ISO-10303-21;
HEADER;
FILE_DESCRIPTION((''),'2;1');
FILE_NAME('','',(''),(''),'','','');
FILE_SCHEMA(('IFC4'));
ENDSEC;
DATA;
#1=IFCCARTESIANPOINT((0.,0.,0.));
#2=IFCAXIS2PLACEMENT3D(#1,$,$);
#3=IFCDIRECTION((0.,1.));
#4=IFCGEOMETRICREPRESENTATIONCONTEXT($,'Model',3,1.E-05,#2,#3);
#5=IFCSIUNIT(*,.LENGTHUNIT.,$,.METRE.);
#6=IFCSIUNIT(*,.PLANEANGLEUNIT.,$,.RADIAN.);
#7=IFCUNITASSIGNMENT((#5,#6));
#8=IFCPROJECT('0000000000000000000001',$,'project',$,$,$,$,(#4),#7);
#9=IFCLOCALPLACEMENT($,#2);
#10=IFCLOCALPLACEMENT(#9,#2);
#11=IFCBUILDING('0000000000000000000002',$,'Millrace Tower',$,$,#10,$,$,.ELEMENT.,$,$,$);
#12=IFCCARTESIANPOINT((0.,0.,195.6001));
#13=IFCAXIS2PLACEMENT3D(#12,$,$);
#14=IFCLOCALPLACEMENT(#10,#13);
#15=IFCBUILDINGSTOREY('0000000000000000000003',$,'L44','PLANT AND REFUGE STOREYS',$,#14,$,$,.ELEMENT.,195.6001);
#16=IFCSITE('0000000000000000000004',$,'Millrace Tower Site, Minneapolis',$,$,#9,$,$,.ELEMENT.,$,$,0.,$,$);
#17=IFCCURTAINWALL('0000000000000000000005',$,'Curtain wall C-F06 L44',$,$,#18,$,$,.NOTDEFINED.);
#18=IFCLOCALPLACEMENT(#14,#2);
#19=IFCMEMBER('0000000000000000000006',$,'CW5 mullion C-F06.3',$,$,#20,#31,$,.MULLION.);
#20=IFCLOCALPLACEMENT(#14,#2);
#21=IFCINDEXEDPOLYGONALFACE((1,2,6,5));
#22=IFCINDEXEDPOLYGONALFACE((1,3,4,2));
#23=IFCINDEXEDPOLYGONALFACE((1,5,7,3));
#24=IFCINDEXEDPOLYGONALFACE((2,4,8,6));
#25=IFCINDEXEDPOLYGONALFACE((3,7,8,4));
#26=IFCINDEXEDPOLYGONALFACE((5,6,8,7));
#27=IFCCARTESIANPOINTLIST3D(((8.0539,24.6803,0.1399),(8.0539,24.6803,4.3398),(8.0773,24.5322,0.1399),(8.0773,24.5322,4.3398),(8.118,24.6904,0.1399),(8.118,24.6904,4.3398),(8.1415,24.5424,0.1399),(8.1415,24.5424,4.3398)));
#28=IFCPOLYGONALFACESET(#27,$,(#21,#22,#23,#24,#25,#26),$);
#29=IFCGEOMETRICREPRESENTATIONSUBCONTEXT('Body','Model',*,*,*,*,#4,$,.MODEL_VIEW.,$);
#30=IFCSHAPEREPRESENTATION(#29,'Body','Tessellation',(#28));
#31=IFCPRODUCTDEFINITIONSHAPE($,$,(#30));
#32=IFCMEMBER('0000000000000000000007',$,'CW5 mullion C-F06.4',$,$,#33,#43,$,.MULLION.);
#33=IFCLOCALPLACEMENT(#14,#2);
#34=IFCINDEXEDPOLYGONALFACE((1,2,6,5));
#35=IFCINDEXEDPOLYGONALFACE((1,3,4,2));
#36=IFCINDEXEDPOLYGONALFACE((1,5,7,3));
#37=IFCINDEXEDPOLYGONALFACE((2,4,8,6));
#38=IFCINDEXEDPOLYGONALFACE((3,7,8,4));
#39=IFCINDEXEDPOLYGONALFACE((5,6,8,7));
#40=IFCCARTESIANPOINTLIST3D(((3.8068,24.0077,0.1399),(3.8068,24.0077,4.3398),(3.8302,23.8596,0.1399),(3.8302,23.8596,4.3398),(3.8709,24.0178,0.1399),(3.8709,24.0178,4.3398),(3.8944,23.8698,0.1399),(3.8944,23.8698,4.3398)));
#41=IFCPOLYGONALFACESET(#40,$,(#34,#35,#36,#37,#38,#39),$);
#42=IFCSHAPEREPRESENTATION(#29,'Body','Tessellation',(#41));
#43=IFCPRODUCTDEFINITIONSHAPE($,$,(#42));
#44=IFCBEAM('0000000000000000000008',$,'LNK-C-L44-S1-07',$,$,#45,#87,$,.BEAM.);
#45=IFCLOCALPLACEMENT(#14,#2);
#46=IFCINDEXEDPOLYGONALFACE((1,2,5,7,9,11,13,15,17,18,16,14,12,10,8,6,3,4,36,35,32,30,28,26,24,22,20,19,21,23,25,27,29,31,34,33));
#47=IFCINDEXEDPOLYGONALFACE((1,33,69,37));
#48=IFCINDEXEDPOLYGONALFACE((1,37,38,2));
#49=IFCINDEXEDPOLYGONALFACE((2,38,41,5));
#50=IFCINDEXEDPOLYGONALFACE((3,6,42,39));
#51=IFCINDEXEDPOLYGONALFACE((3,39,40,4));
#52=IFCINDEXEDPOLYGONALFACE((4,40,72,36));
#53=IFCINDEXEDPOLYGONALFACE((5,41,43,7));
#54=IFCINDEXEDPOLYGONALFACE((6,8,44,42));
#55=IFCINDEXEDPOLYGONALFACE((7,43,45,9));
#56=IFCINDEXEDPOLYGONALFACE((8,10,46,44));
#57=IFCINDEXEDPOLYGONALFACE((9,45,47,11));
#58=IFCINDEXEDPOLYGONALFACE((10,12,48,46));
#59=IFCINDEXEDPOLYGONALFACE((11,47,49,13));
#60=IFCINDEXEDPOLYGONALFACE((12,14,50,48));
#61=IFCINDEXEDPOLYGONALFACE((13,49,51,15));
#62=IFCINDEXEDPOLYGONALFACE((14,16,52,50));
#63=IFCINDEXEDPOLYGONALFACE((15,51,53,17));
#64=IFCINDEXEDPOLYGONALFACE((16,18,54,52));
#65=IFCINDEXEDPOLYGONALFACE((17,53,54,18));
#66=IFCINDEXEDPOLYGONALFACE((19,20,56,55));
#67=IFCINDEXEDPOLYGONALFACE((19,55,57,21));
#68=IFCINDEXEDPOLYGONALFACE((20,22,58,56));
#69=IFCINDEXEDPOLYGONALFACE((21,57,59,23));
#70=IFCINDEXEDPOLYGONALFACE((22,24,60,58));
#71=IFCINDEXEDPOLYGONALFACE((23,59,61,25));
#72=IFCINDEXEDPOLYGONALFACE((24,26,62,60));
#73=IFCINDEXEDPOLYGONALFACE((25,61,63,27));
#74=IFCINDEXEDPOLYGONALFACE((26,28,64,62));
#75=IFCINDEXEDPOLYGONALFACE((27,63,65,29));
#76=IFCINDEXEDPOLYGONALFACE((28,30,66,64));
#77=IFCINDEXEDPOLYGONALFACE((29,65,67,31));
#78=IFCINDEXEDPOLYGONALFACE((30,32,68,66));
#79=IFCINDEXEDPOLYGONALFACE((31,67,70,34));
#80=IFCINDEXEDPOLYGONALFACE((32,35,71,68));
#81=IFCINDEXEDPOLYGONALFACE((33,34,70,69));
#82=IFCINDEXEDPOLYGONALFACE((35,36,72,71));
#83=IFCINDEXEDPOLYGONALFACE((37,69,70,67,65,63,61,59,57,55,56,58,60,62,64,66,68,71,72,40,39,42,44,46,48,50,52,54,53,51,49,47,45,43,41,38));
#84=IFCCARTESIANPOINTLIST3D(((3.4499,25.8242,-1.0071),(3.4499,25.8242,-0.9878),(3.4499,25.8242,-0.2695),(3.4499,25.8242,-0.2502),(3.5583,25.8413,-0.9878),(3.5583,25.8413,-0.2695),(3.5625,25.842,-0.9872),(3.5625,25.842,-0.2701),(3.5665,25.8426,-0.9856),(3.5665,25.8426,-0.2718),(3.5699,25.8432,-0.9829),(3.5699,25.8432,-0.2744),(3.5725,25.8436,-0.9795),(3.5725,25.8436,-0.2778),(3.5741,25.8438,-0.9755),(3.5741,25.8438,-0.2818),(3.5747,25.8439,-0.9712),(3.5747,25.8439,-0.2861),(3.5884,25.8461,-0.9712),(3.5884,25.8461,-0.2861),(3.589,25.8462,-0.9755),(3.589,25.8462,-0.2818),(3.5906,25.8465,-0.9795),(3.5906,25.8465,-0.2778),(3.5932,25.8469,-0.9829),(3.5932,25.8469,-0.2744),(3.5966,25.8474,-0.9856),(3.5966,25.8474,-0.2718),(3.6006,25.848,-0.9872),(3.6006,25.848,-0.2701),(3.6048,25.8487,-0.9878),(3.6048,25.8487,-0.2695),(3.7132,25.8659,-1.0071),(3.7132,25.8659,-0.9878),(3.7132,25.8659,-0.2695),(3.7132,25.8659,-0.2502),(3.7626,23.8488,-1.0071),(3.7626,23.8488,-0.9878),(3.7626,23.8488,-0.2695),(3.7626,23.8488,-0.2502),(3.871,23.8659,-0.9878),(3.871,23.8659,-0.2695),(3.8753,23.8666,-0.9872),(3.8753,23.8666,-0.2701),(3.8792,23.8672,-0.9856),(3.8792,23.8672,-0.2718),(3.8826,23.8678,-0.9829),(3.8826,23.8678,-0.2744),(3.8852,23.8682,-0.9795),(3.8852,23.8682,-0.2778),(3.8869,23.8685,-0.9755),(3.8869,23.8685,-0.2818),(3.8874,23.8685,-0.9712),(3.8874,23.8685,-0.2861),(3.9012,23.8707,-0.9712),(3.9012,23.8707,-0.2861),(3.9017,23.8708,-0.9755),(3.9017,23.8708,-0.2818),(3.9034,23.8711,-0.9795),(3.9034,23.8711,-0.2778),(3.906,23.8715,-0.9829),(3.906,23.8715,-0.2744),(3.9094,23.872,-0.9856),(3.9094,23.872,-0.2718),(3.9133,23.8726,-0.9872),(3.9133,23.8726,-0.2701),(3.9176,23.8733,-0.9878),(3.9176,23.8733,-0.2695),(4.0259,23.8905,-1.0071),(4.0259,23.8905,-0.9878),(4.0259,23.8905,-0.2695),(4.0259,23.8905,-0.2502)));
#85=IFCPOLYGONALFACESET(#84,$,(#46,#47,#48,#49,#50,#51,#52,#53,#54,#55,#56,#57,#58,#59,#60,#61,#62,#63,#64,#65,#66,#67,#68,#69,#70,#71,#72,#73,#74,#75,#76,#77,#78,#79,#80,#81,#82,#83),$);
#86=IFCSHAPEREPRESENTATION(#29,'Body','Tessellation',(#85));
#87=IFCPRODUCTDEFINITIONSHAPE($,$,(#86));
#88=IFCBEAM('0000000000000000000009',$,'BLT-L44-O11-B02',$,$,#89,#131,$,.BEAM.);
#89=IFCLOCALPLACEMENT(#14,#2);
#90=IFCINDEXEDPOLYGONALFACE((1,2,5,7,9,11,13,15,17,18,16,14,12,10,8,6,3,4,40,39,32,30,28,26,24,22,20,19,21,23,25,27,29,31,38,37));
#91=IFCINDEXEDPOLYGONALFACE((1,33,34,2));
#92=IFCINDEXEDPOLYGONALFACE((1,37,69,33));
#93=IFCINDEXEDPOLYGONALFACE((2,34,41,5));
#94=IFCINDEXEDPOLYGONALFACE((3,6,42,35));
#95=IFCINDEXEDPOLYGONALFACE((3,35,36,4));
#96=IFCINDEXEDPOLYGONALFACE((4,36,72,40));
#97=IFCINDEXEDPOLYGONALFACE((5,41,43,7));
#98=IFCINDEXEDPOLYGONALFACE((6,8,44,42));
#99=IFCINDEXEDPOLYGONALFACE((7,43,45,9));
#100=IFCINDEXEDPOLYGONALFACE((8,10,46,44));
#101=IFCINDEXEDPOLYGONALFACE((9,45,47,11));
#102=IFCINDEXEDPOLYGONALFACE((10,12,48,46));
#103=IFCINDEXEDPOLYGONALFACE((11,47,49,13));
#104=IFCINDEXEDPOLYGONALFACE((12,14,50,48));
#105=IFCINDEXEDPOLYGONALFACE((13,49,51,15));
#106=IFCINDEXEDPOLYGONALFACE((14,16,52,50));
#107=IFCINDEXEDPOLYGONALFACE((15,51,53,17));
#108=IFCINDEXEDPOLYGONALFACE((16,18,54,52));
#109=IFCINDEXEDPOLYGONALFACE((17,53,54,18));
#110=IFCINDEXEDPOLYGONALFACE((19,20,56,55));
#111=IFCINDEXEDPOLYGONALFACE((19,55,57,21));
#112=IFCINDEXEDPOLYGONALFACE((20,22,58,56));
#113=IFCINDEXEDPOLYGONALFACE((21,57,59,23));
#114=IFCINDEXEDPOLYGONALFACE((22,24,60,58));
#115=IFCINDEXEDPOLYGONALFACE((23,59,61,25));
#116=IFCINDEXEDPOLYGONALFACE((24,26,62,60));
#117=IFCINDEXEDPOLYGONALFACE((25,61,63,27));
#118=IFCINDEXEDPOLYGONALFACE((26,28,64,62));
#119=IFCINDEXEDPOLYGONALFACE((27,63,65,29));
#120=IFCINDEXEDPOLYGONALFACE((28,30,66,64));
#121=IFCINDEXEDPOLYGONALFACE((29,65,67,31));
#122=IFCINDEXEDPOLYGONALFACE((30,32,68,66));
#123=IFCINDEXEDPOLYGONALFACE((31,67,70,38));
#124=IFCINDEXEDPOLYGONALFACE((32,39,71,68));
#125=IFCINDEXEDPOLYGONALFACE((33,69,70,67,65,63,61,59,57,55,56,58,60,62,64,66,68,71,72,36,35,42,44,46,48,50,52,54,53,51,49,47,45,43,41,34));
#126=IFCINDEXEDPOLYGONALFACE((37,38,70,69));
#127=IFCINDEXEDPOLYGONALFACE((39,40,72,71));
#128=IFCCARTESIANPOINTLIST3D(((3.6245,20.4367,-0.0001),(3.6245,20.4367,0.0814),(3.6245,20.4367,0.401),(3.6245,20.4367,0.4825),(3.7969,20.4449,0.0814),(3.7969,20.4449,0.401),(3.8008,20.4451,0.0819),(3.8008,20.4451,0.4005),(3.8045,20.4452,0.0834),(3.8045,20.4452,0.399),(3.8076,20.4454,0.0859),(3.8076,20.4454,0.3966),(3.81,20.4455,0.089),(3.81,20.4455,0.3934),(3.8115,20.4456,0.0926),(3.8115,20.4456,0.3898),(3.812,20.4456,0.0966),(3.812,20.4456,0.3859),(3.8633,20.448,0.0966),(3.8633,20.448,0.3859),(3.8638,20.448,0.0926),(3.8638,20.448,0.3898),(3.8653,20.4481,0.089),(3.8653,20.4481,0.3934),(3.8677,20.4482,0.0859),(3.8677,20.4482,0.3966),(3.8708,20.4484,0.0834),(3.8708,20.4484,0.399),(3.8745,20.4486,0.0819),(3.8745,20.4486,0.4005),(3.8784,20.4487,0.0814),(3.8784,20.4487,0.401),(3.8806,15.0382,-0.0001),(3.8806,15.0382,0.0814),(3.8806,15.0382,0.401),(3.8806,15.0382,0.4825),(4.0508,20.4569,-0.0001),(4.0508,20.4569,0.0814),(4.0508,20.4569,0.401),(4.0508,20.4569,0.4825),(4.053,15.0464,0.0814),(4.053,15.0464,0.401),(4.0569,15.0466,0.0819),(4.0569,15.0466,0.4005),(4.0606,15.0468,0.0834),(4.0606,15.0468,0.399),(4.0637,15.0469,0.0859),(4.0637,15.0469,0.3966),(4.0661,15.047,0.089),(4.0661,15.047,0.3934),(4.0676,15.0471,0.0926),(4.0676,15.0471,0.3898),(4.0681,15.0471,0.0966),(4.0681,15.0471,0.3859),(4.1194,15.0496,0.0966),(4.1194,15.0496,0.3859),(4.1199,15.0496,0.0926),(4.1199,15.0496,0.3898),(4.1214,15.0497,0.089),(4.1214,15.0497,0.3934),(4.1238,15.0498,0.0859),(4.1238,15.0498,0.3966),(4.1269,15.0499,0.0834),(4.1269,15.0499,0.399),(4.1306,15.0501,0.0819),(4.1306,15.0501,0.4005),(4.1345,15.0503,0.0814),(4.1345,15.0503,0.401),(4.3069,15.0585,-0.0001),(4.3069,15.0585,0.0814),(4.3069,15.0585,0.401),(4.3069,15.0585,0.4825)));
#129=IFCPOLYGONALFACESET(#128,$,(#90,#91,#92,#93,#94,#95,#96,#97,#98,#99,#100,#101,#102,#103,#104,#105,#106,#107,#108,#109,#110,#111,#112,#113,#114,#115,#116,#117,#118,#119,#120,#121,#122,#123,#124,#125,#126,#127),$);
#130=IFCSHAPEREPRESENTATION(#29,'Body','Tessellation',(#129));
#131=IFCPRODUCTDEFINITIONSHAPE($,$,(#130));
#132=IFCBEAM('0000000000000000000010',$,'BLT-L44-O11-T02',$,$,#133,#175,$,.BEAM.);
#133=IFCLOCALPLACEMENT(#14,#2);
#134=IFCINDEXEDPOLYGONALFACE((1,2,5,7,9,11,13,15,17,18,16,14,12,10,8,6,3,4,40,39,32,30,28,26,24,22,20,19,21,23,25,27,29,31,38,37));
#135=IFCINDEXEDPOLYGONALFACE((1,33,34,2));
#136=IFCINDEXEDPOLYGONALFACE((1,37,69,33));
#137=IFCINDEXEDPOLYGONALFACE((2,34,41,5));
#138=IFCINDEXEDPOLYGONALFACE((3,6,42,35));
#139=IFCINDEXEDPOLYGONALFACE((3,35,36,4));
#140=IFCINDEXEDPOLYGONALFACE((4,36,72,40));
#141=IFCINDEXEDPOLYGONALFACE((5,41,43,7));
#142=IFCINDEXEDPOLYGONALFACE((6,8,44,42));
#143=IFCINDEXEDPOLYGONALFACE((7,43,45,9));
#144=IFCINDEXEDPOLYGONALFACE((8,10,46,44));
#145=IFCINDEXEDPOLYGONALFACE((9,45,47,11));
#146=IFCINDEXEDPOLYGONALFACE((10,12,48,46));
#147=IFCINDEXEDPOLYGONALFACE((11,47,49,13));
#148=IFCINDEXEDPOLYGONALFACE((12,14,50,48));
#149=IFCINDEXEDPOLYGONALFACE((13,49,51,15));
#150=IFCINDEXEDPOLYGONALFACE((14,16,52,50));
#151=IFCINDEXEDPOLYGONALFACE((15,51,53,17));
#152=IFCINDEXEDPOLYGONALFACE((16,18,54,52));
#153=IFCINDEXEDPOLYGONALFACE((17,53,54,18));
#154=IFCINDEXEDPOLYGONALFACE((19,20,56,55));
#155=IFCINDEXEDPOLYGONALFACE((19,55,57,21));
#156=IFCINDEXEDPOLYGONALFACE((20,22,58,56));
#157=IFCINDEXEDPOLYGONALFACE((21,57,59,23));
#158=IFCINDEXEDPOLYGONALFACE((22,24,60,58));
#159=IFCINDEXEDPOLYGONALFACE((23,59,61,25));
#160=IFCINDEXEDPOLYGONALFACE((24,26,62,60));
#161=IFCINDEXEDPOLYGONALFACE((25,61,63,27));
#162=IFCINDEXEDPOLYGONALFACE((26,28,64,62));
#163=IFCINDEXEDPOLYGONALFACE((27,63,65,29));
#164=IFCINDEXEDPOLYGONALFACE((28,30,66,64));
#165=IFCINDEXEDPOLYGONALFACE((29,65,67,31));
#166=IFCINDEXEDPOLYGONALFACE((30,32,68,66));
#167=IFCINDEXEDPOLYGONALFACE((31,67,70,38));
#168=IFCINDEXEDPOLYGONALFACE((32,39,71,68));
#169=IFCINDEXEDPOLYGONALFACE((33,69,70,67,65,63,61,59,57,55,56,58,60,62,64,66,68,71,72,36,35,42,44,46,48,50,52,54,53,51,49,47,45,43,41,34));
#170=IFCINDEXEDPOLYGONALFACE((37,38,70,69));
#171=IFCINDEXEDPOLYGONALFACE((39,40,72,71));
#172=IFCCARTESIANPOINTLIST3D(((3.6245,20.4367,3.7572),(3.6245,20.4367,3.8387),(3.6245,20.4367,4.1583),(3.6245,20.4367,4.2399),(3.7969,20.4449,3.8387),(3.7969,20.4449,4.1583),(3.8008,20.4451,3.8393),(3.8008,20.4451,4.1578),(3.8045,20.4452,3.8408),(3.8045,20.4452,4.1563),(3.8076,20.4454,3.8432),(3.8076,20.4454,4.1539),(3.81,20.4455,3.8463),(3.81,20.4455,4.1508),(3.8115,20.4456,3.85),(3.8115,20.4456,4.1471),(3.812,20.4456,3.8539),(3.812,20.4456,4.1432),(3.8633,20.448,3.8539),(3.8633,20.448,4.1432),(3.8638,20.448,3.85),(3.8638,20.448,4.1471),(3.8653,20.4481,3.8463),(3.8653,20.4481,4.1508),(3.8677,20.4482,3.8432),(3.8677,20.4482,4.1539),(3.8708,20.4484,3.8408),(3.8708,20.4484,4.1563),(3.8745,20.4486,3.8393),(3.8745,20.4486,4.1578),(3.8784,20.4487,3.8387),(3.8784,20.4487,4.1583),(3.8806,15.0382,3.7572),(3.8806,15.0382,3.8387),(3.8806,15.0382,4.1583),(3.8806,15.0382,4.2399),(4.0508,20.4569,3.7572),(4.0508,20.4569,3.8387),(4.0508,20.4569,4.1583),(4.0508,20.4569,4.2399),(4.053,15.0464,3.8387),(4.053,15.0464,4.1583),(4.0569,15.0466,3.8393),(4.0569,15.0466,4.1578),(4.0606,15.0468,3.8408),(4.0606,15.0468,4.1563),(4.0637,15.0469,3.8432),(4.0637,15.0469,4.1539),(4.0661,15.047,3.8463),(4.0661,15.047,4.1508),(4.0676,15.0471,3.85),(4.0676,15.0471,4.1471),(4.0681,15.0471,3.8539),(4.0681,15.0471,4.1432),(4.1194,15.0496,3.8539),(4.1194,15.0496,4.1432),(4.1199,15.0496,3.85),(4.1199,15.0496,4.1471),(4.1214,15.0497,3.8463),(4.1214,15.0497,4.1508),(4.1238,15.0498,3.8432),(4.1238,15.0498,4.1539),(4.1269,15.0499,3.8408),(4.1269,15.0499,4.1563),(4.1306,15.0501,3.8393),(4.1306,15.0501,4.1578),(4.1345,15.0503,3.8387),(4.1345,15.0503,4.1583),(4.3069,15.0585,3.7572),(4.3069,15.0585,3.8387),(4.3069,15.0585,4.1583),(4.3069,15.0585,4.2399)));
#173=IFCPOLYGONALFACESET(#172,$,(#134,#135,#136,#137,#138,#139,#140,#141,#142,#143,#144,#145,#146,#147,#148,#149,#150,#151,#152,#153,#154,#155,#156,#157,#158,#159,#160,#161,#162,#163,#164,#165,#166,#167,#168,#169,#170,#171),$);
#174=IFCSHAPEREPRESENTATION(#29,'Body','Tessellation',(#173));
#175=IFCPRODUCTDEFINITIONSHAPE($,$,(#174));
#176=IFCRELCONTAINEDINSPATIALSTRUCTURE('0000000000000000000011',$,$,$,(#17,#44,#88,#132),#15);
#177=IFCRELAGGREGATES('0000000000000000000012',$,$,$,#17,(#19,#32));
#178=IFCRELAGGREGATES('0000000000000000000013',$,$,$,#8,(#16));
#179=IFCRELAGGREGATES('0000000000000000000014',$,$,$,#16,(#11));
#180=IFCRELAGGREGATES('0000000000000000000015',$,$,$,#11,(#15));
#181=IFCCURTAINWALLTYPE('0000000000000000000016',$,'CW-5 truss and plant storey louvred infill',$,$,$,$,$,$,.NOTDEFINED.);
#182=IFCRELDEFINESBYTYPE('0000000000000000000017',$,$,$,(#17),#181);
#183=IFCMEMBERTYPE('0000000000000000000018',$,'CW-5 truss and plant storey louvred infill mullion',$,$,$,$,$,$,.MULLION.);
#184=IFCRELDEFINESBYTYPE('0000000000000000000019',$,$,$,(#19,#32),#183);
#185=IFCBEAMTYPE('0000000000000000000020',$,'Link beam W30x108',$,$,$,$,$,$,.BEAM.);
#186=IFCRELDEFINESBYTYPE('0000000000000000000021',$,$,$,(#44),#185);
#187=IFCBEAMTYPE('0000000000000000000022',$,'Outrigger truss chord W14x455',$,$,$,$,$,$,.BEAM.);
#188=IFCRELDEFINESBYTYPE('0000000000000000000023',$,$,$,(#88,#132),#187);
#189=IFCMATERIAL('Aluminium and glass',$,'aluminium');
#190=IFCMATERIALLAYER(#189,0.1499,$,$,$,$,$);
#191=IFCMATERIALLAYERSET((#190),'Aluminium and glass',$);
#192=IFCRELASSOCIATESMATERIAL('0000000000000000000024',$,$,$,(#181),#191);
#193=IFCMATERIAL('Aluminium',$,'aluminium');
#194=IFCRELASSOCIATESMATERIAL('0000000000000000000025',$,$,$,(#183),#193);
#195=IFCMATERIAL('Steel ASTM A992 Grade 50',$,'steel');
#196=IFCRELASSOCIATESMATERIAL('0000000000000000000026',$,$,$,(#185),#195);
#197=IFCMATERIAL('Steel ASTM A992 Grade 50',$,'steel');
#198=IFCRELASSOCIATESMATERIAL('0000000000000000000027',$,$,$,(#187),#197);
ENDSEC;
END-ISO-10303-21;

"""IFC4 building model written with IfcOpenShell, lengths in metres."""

from ifc_helpers import new_model, si_unit, direction, frame, origin, origin_2d, place, context, subcontext, project, spatial, rectangle, i_section, extrude, material, layer, layer_set, material_profile, profile_set, type_object, element, aggregate, save


model = new_model("IFC4")

# Units and contexts
model_context = context("Model", 3, precision=1e-05, world=origin(), true_north=direction((0.0, 1.0)))
body_context = subcontext(model_context, "Body", "Model", "MODEL_VIEW")
ifc_project = project(units=[si_unit("LENGTHUNIT", "METRE"), si_unit("PLANEANGLEUNIT", "RADIAN")], contexts=[model_context])

# Site, building, storey
site_placement = place(None, origin())
site = spatial("IfcSite", under=ifc_project, at=site_placement, Name="Millrace Tower Site, Minneapolis", CompositionType="ELEMENT", RefElevation=0.0)
building_placement = place(site_placement, origin())
building = spatial("IfcBuilding", under=site, at=building_placement, Name="Millrace Tower", CompositionType="ELEMENT")
storey_placement = place(building_placement, frame((0.0, 0.0, 195.6001)))
storey = spatial("IfcBuildingStorey", under=building, at=storey_placement, Name="L44", Description="PLANT AND REFUGE STOREYS", CompositionType="ELEMENT", Elevation=195.6001)

# Curtain wall, members
ifc_material_1 = material(Name="Aluminium and glass", Category="aluminium")
ifc_layer_1 = layer(ifc_material_1, 0.1499)
ifc_layer_set_1 = layer_set([ifc_layer_1], Name="Aluminium and glass")
curtain_wall_type = type_object("IfcCurtainWallType", Name="CW-5 truss and plant storey louvred infill", PredefinedType="NOTDEFINED", material=ifc_layer_set_1)
curtain_wall_placement = place(storey_placement, origin())
curtain_wall = element("IfcCurtainWall", 1, at=curtain_wall_placement, inside=storey, type_object=curtain_wall_type, Name="Curtain wall C-F06 L44", PredefinedType="NOTDEFINED")
ifc_material_2 = material(Name="Aluminium", Category="aluminium")
ifc_material_profile_1 = material_profile(ifc_material_2, rectangle(XDim=0.0649, YDim=0.1499, at=origin_2d()))
ifc_profile_set_1 = profile_set([ifc_material_profile_1], Name="Aluminium")
member_type_1 = type_object("IfcMemberType", Name="CW-5 truss and plant storey louvred infill mullion", PredefinedType="MULLION", material=ifc_profile_set_1)
member_1_placement = place(storey_placement, frame((8.0977, 24.6113, 0.1399), z_axis=(0.0, 0.0, 1.0), x_axis=(-0.987688, -0.156434, 0.0)))
member_1 = element("IfcMember", 2, at=member_1_placement, type_object=member_type_1, Name="CW5 mullion C-F06.3", PredefinedType="MULLION", context=body_context, shape_type="SweptSolid", body=[
    extrude(rectangle(XDim=0.0649, YDim=0.1499, at=origin_2d()), origin(), (0.0, 0.0, 1.0), 4.2),
])
member_2_placement = place(storey_placement, frame((3.8506, 23.9387, 0.1399), z_axis=(0.0, 0.0, 1.0), x_axis=(-0.987688, -0.156434, 0.0)))
member_2 = element("IfcMember", 3, at=member_2_placement, type_object=member_type_1, Name="CW5 mullion C-F06.4", PredefinedType="MULLION", context=body_context, shape_type="SweptSolid", body=[
    extrude(rectangle(XDim=0.0649, YDim=0.1499, at=origin_2d()), origin(), (0.0, 0.0, 1.0), 4.2),
])
aggregate(curtain_wall, [member_1, member_2])

# Beams
ifc_material_3 = material(Name="Steel ASTM A992 Grade 50", Category="steel")
ifc_material_profile_2 = material_profile(ifc_material_3, i_section(OverallWidth=0.2666, OverallDepth=0.7568, WebThickness=0.0139, FlangeThickness=0.0193, FilletRadius=0.0166, at=origin_2d()))
ifc_profile_set_2 = profile_set([ifc_material_profile_2], Name="Steel ASTM A992 Grade 50")
beam_type_1 = type_object("IfcBeamType", Name="Link beam W30x108", PredefinedType="BEAM", material=ifc_profile_set_2)
beam_1_placement = place(storey_placement, frame((3.8943, 23.8696, -0.6287), z_axis=(-0.156376, 0.987698, 0.0), x_axis=(-0.987698, -0.156376, 0.0)))
element("IfcBeam", 4, at=beam_1_placement, inside=storey, type_object=beam_type_1, Name="LNK-C-L44-S1-07", PredefinedType="BEAM", context=body_context, shape_type="SweptSolid", body=[
    extrude(i_section(OverallWidth=0.2666, OverallDepth=0.7568, WebThickness=0.0139, FlangeThickness=0.0193, FilletRadius=0.0166, at=origin_2d()), origin(), (0.0, 0.0, 1.0), 2.0),
])
ifc_material_4 = material(Name="Steel ASTM A992 Grade 50", Category="steel")
ifc_material_profile_3 = material_profile(ifc_material_4, i_section(OverallWidth=0.4268, OverallDepth=0.4827, WebThickness=0.0513, FlangeThickness=0.0815, FilletRadius=0.0151, at=origin_2d()))
ifc_profile_set_3 = profile_set([ifc_material_profile_3], Name="Steel ASTM A992 Grade 50")
beam_type_2 = type_object("IfcBeamType", Name="Outrigger truss chord W14x455", PredefinedType="BEAM", material=ifc_profile_set_3)
for number, where, z_axis, x_axis, name in (
    (5, (4.0938, 15.0483, 0.2412), (-0.047387, 0.998877, 0.0), (-0.998877, -0.047387, 0.0), "BLT-L44-O11-B02"),
    (6, (4.0938, 15.0483, 3.9985), (-0.047387, 0.998877, 0.0), (-0.998877, -0.047387, 0.0), "BLT-L44-O11-T02"),
):
    element("IfcBeam", number, at=place(storey_placement, frame(where, z_axis=z_axis, x_axis=x_axis)), inside=storey, type_object=beam_type_2, Name=name, PredefinedType="BEAM", context=body_context, shape_type="SweptSolid", body=[
        extrude(i_section(OverallWidth=0.4268, OverallDepth=0.4827, WebThickness=0.0513, FlangeThickness=0.0815, FilletRadius=0.0151, at=origin_2d()), origin(), (0.0, 0.0, 1.0), 5.4045),
    ])

save(model, "model.ifc")
